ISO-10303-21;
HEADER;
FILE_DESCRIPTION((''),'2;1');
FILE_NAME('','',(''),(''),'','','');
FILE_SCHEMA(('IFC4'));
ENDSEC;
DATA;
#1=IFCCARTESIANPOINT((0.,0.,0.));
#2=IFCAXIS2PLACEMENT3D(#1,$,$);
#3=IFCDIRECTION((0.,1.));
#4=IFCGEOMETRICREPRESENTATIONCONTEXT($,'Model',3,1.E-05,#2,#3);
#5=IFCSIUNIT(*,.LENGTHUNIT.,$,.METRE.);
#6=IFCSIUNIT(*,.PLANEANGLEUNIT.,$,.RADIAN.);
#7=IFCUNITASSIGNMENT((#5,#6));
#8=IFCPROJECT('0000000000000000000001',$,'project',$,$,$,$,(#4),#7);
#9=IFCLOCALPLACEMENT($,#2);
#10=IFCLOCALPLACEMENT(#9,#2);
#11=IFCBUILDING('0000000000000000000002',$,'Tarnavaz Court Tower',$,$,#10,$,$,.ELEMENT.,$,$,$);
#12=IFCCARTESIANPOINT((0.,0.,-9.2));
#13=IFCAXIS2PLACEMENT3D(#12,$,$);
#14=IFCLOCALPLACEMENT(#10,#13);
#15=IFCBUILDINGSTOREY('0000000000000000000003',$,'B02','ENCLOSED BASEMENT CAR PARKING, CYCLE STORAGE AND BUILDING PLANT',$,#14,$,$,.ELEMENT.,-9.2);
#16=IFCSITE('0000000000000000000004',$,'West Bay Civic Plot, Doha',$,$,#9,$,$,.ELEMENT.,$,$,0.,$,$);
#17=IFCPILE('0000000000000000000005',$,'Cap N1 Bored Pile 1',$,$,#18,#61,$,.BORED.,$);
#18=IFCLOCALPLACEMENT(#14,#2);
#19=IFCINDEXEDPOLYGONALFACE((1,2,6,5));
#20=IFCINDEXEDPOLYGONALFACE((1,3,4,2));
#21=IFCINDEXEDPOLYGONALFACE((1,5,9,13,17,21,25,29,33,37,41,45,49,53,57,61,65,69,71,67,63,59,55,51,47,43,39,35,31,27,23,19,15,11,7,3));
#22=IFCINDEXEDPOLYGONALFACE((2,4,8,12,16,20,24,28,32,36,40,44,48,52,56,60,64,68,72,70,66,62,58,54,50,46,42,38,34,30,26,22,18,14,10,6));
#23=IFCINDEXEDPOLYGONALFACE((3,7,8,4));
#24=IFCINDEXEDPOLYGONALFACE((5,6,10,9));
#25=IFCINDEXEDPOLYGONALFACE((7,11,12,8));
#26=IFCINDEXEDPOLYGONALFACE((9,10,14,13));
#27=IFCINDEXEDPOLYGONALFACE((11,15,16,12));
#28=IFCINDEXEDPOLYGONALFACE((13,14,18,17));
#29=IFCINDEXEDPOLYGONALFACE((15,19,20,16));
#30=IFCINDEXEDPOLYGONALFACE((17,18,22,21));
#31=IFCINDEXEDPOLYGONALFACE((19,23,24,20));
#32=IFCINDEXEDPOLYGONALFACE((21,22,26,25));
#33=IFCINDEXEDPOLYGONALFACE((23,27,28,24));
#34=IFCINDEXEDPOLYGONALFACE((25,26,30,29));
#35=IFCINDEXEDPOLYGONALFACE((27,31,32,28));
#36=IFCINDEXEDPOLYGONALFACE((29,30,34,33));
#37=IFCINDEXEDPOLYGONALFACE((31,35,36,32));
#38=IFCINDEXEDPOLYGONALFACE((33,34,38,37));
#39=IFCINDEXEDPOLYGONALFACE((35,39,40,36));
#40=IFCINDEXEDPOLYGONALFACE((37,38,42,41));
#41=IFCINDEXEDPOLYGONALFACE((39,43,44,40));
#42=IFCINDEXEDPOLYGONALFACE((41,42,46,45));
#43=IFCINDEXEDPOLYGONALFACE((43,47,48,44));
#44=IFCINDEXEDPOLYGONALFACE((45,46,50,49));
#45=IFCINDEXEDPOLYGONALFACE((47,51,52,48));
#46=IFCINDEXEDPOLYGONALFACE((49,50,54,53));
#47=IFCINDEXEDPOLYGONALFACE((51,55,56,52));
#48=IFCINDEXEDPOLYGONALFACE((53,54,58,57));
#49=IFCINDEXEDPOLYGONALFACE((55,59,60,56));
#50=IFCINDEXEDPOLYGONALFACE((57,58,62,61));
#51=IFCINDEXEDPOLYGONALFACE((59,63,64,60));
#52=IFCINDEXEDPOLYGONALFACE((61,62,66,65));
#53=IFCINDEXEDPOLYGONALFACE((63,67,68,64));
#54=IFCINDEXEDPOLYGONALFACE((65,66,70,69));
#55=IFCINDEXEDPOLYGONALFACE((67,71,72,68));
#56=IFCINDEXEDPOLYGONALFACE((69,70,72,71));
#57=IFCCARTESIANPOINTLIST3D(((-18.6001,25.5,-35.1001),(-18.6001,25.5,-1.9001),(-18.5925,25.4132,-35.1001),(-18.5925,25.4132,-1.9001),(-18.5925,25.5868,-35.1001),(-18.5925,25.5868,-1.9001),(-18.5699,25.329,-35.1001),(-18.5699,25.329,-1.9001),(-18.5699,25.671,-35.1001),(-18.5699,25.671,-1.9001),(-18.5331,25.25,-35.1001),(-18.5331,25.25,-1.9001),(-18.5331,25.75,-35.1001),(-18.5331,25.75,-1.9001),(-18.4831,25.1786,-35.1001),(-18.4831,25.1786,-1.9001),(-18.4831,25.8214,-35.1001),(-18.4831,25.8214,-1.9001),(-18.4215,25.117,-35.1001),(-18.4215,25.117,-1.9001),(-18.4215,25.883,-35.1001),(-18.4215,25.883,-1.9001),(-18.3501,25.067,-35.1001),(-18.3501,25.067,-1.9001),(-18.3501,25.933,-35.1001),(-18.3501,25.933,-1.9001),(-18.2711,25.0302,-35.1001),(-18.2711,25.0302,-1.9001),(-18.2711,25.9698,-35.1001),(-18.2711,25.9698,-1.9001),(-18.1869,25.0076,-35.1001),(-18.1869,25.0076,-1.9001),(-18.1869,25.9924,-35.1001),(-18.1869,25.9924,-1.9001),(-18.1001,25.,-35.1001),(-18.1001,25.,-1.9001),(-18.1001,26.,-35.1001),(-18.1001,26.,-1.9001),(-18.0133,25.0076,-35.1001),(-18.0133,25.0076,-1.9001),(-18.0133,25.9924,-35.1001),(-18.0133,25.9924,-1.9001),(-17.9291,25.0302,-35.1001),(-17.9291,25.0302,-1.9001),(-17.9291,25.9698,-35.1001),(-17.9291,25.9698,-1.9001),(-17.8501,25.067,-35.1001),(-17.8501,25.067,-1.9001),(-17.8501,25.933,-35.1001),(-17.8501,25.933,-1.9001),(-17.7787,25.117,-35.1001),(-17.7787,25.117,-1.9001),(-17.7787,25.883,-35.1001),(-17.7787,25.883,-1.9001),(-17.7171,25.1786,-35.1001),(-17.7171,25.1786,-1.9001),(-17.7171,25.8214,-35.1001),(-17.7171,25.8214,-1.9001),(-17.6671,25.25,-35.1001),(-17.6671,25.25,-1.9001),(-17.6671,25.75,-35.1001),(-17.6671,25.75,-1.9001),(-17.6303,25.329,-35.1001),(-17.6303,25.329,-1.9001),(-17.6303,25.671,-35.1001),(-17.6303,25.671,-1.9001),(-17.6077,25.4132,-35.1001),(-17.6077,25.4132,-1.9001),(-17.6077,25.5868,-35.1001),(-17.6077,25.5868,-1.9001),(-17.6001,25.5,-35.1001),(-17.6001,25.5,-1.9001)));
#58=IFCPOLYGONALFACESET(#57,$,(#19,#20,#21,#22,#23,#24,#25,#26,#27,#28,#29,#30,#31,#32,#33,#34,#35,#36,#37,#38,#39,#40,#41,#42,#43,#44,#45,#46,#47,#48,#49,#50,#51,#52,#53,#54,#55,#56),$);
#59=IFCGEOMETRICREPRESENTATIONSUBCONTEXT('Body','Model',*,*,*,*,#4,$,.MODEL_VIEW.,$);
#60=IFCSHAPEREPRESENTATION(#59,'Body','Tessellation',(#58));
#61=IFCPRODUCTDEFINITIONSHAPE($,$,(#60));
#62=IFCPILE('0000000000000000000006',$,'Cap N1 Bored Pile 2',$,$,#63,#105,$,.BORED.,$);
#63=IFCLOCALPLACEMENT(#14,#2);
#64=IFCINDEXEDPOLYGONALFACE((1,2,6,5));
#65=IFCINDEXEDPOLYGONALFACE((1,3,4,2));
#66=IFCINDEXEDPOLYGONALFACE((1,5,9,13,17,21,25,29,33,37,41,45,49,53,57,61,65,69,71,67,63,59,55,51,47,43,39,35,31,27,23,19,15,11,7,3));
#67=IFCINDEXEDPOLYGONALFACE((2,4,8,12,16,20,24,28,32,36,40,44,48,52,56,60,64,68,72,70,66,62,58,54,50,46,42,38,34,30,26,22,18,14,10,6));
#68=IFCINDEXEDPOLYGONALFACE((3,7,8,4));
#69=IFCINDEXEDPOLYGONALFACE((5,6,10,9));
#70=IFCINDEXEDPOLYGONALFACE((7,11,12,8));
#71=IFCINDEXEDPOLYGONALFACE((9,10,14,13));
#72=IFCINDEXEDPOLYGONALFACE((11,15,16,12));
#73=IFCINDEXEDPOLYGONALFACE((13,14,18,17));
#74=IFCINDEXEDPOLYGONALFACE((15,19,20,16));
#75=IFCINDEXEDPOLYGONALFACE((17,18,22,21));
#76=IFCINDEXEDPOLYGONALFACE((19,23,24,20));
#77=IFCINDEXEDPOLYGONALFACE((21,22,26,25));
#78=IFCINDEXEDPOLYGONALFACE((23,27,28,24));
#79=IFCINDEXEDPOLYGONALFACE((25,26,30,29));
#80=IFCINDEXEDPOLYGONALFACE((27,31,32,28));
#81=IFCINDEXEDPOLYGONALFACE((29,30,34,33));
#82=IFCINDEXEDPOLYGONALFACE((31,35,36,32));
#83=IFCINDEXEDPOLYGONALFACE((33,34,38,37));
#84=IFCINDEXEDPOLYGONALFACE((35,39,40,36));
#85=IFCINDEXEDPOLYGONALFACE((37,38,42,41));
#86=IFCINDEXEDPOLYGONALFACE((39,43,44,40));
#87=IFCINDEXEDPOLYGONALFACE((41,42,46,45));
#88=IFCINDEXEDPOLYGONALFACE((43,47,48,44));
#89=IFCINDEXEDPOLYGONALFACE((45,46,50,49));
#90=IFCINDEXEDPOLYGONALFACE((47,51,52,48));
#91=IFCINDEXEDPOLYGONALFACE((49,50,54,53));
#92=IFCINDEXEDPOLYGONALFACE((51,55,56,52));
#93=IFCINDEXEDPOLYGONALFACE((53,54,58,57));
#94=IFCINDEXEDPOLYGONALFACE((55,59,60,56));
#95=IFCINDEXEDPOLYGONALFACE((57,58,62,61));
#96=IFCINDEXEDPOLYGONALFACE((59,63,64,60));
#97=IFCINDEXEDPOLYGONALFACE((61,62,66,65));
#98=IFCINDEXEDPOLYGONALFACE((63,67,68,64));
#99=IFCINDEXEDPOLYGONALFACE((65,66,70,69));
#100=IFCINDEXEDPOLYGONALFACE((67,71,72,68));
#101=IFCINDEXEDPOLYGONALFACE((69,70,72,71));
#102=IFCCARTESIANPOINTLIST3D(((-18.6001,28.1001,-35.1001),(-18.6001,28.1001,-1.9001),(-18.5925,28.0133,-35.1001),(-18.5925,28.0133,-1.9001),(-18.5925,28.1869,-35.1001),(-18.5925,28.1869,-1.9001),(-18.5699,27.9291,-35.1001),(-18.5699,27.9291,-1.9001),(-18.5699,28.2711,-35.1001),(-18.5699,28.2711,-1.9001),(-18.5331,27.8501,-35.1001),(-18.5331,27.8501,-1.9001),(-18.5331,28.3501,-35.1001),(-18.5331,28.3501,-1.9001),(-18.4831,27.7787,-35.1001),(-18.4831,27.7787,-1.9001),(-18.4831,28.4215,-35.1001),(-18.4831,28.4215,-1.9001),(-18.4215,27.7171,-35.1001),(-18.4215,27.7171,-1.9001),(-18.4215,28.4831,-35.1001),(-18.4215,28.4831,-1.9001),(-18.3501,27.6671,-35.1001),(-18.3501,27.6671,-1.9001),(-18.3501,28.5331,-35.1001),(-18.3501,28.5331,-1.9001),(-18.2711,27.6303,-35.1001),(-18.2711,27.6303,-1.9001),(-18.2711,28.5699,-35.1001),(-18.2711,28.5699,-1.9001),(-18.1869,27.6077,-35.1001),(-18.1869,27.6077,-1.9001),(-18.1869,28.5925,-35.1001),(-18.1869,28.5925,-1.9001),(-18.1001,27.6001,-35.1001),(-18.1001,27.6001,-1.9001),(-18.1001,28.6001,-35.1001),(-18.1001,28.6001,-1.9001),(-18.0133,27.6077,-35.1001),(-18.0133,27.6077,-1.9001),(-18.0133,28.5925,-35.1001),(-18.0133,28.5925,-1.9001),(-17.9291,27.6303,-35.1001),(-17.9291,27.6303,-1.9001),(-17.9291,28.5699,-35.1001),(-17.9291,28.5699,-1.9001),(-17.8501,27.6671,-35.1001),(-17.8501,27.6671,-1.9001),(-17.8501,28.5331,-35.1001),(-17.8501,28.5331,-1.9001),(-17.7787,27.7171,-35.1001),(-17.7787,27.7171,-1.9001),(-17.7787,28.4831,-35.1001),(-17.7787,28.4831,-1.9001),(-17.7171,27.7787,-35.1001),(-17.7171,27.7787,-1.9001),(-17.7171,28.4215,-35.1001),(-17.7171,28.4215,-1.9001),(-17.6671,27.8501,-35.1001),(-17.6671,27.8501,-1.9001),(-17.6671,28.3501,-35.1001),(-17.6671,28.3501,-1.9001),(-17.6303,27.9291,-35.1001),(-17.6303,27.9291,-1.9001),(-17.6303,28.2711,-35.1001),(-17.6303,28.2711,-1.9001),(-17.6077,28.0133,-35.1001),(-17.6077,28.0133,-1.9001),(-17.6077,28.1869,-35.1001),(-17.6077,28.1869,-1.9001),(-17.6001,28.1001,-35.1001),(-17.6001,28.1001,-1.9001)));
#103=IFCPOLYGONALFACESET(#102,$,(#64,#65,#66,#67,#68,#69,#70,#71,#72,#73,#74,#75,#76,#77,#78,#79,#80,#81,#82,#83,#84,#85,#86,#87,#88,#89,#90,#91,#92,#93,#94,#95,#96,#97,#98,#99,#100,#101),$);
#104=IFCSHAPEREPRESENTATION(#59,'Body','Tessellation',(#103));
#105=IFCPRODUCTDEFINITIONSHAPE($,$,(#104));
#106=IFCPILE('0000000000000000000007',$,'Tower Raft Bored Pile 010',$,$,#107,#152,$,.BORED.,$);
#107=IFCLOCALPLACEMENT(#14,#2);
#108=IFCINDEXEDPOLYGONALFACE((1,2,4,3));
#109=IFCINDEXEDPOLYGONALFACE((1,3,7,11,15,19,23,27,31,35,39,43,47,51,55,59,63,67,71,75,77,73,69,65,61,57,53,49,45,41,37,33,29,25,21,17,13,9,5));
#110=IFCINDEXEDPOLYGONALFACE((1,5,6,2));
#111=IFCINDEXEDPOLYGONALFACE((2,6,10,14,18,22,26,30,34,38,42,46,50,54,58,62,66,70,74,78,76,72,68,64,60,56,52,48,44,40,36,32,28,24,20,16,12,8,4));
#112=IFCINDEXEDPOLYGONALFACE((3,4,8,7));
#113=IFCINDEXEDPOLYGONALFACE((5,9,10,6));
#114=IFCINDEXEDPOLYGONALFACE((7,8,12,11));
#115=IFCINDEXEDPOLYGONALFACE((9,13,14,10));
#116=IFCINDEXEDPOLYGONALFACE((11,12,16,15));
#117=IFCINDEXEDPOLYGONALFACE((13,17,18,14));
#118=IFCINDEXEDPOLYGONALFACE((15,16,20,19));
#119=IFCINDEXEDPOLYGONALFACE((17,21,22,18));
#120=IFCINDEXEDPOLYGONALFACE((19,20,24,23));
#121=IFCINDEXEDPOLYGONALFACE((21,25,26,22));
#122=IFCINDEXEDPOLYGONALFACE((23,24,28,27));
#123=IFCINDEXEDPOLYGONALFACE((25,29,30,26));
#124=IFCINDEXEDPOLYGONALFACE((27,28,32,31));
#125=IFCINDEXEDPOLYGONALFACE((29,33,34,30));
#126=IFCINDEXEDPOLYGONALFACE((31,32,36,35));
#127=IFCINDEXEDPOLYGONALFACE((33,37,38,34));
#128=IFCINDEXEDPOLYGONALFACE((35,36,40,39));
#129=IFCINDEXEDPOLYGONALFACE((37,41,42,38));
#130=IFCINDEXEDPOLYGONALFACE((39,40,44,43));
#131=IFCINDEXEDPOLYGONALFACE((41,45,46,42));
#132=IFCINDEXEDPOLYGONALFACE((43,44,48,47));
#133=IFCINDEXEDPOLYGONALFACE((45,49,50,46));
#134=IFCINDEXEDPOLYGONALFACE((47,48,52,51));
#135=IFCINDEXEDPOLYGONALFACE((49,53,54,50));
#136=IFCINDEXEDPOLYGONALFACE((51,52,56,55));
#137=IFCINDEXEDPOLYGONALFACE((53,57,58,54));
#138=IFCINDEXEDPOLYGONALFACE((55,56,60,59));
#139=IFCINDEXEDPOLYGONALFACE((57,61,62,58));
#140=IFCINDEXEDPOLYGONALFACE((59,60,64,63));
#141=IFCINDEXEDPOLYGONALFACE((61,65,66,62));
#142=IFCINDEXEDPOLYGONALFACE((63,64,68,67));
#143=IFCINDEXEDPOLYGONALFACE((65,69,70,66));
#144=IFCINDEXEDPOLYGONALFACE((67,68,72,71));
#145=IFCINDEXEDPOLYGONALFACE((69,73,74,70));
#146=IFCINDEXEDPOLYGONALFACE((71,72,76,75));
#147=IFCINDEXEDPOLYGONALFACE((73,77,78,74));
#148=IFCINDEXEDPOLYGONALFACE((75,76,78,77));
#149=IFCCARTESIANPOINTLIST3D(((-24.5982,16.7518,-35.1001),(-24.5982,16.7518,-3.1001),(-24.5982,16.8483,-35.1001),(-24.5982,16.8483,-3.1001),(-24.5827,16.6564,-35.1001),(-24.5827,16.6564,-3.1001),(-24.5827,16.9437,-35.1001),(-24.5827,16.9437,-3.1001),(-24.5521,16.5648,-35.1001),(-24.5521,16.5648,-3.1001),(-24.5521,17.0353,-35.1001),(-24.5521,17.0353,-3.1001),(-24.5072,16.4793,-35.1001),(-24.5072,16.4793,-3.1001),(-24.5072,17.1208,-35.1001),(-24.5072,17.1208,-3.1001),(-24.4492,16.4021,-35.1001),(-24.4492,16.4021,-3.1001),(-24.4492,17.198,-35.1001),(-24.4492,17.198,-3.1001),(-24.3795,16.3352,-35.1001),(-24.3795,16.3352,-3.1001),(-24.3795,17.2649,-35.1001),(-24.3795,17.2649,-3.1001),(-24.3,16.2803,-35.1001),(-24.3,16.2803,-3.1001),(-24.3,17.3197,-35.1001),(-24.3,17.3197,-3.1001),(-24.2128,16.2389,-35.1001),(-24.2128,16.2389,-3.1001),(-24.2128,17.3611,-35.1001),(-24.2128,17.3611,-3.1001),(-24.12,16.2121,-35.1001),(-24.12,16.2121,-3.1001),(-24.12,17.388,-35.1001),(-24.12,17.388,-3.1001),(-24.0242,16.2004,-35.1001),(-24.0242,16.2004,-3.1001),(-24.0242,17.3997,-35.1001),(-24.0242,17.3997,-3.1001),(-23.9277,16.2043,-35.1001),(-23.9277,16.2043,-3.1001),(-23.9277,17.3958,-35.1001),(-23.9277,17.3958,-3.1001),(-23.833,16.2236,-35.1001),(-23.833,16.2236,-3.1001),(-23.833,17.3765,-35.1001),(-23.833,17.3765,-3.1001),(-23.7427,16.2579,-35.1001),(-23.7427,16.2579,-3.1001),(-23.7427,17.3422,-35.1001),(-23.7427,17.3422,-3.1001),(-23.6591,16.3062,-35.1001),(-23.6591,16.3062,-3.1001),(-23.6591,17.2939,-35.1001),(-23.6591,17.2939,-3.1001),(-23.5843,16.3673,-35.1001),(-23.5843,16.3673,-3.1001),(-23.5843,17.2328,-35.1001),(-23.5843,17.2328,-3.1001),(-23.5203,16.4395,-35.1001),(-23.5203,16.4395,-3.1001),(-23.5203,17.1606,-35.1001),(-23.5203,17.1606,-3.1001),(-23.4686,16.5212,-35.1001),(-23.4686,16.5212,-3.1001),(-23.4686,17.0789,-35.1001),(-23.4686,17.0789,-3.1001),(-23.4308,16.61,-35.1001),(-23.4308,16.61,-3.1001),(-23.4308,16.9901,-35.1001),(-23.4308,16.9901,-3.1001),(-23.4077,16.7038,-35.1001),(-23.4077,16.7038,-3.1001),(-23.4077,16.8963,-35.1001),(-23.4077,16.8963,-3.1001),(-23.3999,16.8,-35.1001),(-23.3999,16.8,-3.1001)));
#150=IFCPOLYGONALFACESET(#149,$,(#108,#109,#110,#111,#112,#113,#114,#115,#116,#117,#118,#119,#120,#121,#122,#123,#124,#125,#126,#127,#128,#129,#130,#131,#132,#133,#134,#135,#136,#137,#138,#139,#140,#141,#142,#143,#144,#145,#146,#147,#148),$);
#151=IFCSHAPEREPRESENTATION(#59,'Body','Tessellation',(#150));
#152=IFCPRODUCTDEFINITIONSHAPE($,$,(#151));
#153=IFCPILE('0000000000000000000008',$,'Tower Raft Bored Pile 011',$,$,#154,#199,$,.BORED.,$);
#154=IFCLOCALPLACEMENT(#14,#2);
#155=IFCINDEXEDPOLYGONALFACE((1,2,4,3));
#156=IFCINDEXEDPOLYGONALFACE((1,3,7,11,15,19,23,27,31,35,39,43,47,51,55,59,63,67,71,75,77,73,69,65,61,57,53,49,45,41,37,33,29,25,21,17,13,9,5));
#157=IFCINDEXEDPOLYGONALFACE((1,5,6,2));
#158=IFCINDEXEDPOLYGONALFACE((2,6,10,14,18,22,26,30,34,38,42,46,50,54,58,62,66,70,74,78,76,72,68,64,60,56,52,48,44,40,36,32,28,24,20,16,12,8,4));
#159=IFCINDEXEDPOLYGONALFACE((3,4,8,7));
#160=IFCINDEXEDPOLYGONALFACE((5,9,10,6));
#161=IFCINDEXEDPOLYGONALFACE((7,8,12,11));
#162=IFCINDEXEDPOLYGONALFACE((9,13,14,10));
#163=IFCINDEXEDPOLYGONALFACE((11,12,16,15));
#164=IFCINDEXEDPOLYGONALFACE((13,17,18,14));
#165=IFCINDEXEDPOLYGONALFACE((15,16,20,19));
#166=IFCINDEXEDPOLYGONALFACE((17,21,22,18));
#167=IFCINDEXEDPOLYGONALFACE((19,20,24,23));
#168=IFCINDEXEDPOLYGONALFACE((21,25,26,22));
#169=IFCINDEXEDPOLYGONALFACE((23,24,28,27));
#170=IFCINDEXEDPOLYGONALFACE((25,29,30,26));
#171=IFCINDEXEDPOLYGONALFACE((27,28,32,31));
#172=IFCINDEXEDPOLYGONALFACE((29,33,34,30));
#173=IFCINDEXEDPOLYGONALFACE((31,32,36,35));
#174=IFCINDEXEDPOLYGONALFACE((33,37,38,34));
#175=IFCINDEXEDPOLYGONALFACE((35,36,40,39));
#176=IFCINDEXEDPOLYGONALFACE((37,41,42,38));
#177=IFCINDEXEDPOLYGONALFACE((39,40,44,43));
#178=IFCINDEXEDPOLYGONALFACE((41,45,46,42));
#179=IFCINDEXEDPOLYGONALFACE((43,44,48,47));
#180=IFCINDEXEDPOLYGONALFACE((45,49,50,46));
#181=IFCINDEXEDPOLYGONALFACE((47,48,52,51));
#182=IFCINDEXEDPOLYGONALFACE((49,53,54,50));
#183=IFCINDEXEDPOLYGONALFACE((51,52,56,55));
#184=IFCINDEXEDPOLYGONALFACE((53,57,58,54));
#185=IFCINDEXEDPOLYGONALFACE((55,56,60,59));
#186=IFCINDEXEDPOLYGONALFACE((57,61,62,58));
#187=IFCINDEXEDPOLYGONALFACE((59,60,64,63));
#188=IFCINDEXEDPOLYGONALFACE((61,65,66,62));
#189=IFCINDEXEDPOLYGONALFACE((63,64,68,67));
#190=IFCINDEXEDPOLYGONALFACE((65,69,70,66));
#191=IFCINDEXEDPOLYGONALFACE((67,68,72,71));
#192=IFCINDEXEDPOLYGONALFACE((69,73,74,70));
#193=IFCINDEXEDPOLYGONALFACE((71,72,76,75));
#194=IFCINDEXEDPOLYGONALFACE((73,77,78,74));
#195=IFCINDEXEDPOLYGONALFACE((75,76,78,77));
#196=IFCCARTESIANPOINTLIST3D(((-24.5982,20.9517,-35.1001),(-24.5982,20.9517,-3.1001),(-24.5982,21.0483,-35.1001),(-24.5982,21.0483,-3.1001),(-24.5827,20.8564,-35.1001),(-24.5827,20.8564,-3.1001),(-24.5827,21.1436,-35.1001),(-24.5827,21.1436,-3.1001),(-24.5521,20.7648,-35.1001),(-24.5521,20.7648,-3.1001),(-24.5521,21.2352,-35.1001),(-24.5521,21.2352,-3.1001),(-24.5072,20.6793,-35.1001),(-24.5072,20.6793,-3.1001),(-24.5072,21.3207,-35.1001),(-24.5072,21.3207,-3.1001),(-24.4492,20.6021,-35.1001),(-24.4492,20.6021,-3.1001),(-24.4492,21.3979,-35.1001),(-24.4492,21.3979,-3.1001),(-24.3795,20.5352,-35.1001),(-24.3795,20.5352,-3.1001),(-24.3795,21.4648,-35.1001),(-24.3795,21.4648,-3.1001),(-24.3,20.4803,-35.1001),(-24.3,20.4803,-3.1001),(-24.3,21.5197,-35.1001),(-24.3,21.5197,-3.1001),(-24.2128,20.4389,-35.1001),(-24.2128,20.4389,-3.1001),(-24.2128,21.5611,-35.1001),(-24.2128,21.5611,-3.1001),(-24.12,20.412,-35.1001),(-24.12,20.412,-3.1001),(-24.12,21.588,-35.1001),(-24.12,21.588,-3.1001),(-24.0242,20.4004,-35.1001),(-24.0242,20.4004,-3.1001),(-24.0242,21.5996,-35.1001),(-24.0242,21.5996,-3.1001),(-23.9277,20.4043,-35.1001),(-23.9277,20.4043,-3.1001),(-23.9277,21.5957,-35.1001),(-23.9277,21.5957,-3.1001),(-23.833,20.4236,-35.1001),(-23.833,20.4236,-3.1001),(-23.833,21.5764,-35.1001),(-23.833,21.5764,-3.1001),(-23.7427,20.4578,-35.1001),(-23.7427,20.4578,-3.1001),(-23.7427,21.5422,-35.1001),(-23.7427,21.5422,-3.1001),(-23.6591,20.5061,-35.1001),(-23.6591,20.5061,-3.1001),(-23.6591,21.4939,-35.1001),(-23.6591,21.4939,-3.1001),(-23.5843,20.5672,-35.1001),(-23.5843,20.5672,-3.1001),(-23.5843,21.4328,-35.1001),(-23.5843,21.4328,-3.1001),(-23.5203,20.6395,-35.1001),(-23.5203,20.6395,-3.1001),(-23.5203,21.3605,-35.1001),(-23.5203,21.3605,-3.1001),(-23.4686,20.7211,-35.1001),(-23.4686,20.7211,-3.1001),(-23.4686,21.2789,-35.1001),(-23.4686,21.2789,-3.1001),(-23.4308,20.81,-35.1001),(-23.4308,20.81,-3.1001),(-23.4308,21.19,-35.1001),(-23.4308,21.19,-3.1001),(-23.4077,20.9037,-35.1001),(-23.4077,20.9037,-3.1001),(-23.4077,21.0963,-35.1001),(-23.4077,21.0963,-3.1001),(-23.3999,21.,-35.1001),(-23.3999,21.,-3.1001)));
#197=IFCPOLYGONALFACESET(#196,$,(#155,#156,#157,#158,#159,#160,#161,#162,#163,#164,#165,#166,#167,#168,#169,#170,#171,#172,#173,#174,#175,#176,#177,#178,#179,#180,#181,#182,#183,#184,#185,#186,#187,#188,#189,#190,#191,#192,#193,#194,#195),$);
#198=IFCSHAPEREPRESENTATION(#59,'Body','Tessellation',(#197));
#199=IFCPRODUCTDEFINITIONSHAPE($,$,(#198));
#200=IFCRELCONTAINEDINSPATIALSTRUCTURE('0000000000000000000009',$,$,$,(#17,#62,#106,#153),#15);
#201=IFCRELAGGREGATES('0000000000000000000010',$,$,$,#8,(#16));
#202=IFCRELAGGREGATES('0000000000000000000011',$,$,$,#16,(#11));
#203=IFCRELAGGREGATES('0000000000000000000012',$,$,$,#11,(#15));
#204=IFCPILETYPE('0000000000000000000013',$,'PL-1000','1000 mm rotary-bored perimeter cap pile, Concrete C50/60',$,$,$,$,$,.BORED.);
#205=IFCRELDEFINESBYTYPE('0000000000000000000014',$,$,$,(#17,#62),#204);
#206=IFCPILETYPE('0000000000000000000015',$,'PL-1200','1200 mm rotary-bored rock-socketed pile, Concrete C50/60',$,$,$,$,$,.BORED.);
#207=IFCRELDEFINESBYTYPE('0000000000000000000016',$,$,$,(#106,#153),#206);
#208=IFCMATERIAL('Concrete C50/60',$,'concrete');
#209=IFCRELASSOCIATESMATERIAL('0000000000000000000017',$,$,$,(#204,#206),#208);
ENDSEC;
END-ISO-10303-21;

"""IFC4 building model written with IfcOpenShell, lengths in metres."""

from ifc_helpers import new_model, si_unit, direction, frame, origin, origin_2d, place, context, subcontext, project, spatial, circle, extrude, material, material_profile, profile_set, type_object, element, save


model = new_model("IFC4")

# Units and contexts
model_context = context("Model", 3, precision=1e-05, world=origin(), true_north=direction((0.0, 1.0)))
body_context = subcontext(model_context, "Body", "Model", "MODEL_VIEW")
ifc_project = project(units=[si_unit("LENGTHUNIT", "METRE"), si_unit("PLANEANGLEUNIT", "RADIAN")], contexts=[model_context])

# Site, building, storey
site_placement = place(None, origin())
site = spatial("IfcSite", under=ifc_project, at=site_placement, Name="West Bay Civic Plot, Doha", CompositionType="ELEMENT", RefElevation=0.0)
building_placement = place(site_placement, origin())
building = spatial("IfcBuilding", under=site, at=building_placement, Name="Tarnavaz Court Tower", CompositionType="ELEMENT")
storey_placement = place(building_placement, frame((0.0, 0.0, -9.2)))
storey = spatial("IfcBuildingStorey", under=building, at=storey_placement, Name="B02", Description="ENCLOSED BASEMENT CAR PARKING, CYCLE STORAGE AND BUILDING PLANT", CompositionType="ELEMENT", Elevation=-9.2)

# Shared definitions
ifc_material_1 = material(Name="Concrete C50/60", Category="concrete")

# Piles
ifc_material_profile_1 = material_profile(ifc_material_1, circle(Radius=0.5, at=origin_2d()), Name="PILE D1000")
ifc_profile_set_1 = profile_set([ifc_material_profile_1], Name="Concrete C50/60")
pile_type_1 = type_object("IfcPileType", Name="PL-1000", Description="1000 mm rotary-bored perimeter cap pile, Concrete C50/60", PredefinedType="BORED", material=ifc_profile_set_1)
for number, where, z_axis, x_axis, name in (
    (1, (-18.1001, 25.5, -1.9001), (0.0, 0.0, -1.0), (1.0, 0.0, 0.0), "Cap N1 Bored Pile 1"),
    (2, (-18.1001, 28.1001, -1.9001), (0.0, 0.0, -1.0), (1.0, 0.0, 0.0), "Cap N1 Bored Pile 2"),
):
    element("IfcPile", number, at=place(storey_placement, frame(where, z_axis=z_axis, x_axis=x_axis)), inside=storey, type_object=pile_type_1, Name=name, PredefinedType="BORED", context=body_context, shape_type="SweptSolid", body=[
        extrude(circle(Radius=0.5, at=origin_2d()), origin(), (0.0, 0.0, 1.0), 33.2),
    ])
ifc_material_profile_2 = material_profile(ifc_material_1, circle(Radius=0.6001, at=origin_2d()), Name="PILE D1200")
ifc_profile_set_2 = profile_set([ifc_material_profile_2], Name="Concrete C50/60")
pile_type_2 = type_object("IfcPileType", Name="PL-1200", Description="1200 mm rotary-bored rock-socketed pile, Concrete C50/60", PredefinedType="BORED", material=ifc_profile_set_2)
for number, where, z_axis, x_axis, name in (
    (3, (-24.0, 16.8, -3.1001), (0.0, 0.0, -1.0), (1.0, 0.0, 0.0), "Tower Raft Bored Pile 010"),
    (4, (-24.0, 21.0, -3.1001), (0.0, 0.0, -1.0), (1.0, 0.0, 0.0), "Tower Raft Bored Pile 011"),
):
    element("IfcPile", number, at=place(storey_placement, frame(where, z_axis=z_axis, x_axis=x_axis)), inside=storey, type_object=pile_type_2, Name=name, PredefinedType="BORED", context=body_context, shape_type="SweptSolid", body=[
        extrude(circle(Radius=0.6001, at=origin_2d()), origin(), (0.0, 0.0, 1.0), 32.0),
    ])

save(model, "model.ifc")
